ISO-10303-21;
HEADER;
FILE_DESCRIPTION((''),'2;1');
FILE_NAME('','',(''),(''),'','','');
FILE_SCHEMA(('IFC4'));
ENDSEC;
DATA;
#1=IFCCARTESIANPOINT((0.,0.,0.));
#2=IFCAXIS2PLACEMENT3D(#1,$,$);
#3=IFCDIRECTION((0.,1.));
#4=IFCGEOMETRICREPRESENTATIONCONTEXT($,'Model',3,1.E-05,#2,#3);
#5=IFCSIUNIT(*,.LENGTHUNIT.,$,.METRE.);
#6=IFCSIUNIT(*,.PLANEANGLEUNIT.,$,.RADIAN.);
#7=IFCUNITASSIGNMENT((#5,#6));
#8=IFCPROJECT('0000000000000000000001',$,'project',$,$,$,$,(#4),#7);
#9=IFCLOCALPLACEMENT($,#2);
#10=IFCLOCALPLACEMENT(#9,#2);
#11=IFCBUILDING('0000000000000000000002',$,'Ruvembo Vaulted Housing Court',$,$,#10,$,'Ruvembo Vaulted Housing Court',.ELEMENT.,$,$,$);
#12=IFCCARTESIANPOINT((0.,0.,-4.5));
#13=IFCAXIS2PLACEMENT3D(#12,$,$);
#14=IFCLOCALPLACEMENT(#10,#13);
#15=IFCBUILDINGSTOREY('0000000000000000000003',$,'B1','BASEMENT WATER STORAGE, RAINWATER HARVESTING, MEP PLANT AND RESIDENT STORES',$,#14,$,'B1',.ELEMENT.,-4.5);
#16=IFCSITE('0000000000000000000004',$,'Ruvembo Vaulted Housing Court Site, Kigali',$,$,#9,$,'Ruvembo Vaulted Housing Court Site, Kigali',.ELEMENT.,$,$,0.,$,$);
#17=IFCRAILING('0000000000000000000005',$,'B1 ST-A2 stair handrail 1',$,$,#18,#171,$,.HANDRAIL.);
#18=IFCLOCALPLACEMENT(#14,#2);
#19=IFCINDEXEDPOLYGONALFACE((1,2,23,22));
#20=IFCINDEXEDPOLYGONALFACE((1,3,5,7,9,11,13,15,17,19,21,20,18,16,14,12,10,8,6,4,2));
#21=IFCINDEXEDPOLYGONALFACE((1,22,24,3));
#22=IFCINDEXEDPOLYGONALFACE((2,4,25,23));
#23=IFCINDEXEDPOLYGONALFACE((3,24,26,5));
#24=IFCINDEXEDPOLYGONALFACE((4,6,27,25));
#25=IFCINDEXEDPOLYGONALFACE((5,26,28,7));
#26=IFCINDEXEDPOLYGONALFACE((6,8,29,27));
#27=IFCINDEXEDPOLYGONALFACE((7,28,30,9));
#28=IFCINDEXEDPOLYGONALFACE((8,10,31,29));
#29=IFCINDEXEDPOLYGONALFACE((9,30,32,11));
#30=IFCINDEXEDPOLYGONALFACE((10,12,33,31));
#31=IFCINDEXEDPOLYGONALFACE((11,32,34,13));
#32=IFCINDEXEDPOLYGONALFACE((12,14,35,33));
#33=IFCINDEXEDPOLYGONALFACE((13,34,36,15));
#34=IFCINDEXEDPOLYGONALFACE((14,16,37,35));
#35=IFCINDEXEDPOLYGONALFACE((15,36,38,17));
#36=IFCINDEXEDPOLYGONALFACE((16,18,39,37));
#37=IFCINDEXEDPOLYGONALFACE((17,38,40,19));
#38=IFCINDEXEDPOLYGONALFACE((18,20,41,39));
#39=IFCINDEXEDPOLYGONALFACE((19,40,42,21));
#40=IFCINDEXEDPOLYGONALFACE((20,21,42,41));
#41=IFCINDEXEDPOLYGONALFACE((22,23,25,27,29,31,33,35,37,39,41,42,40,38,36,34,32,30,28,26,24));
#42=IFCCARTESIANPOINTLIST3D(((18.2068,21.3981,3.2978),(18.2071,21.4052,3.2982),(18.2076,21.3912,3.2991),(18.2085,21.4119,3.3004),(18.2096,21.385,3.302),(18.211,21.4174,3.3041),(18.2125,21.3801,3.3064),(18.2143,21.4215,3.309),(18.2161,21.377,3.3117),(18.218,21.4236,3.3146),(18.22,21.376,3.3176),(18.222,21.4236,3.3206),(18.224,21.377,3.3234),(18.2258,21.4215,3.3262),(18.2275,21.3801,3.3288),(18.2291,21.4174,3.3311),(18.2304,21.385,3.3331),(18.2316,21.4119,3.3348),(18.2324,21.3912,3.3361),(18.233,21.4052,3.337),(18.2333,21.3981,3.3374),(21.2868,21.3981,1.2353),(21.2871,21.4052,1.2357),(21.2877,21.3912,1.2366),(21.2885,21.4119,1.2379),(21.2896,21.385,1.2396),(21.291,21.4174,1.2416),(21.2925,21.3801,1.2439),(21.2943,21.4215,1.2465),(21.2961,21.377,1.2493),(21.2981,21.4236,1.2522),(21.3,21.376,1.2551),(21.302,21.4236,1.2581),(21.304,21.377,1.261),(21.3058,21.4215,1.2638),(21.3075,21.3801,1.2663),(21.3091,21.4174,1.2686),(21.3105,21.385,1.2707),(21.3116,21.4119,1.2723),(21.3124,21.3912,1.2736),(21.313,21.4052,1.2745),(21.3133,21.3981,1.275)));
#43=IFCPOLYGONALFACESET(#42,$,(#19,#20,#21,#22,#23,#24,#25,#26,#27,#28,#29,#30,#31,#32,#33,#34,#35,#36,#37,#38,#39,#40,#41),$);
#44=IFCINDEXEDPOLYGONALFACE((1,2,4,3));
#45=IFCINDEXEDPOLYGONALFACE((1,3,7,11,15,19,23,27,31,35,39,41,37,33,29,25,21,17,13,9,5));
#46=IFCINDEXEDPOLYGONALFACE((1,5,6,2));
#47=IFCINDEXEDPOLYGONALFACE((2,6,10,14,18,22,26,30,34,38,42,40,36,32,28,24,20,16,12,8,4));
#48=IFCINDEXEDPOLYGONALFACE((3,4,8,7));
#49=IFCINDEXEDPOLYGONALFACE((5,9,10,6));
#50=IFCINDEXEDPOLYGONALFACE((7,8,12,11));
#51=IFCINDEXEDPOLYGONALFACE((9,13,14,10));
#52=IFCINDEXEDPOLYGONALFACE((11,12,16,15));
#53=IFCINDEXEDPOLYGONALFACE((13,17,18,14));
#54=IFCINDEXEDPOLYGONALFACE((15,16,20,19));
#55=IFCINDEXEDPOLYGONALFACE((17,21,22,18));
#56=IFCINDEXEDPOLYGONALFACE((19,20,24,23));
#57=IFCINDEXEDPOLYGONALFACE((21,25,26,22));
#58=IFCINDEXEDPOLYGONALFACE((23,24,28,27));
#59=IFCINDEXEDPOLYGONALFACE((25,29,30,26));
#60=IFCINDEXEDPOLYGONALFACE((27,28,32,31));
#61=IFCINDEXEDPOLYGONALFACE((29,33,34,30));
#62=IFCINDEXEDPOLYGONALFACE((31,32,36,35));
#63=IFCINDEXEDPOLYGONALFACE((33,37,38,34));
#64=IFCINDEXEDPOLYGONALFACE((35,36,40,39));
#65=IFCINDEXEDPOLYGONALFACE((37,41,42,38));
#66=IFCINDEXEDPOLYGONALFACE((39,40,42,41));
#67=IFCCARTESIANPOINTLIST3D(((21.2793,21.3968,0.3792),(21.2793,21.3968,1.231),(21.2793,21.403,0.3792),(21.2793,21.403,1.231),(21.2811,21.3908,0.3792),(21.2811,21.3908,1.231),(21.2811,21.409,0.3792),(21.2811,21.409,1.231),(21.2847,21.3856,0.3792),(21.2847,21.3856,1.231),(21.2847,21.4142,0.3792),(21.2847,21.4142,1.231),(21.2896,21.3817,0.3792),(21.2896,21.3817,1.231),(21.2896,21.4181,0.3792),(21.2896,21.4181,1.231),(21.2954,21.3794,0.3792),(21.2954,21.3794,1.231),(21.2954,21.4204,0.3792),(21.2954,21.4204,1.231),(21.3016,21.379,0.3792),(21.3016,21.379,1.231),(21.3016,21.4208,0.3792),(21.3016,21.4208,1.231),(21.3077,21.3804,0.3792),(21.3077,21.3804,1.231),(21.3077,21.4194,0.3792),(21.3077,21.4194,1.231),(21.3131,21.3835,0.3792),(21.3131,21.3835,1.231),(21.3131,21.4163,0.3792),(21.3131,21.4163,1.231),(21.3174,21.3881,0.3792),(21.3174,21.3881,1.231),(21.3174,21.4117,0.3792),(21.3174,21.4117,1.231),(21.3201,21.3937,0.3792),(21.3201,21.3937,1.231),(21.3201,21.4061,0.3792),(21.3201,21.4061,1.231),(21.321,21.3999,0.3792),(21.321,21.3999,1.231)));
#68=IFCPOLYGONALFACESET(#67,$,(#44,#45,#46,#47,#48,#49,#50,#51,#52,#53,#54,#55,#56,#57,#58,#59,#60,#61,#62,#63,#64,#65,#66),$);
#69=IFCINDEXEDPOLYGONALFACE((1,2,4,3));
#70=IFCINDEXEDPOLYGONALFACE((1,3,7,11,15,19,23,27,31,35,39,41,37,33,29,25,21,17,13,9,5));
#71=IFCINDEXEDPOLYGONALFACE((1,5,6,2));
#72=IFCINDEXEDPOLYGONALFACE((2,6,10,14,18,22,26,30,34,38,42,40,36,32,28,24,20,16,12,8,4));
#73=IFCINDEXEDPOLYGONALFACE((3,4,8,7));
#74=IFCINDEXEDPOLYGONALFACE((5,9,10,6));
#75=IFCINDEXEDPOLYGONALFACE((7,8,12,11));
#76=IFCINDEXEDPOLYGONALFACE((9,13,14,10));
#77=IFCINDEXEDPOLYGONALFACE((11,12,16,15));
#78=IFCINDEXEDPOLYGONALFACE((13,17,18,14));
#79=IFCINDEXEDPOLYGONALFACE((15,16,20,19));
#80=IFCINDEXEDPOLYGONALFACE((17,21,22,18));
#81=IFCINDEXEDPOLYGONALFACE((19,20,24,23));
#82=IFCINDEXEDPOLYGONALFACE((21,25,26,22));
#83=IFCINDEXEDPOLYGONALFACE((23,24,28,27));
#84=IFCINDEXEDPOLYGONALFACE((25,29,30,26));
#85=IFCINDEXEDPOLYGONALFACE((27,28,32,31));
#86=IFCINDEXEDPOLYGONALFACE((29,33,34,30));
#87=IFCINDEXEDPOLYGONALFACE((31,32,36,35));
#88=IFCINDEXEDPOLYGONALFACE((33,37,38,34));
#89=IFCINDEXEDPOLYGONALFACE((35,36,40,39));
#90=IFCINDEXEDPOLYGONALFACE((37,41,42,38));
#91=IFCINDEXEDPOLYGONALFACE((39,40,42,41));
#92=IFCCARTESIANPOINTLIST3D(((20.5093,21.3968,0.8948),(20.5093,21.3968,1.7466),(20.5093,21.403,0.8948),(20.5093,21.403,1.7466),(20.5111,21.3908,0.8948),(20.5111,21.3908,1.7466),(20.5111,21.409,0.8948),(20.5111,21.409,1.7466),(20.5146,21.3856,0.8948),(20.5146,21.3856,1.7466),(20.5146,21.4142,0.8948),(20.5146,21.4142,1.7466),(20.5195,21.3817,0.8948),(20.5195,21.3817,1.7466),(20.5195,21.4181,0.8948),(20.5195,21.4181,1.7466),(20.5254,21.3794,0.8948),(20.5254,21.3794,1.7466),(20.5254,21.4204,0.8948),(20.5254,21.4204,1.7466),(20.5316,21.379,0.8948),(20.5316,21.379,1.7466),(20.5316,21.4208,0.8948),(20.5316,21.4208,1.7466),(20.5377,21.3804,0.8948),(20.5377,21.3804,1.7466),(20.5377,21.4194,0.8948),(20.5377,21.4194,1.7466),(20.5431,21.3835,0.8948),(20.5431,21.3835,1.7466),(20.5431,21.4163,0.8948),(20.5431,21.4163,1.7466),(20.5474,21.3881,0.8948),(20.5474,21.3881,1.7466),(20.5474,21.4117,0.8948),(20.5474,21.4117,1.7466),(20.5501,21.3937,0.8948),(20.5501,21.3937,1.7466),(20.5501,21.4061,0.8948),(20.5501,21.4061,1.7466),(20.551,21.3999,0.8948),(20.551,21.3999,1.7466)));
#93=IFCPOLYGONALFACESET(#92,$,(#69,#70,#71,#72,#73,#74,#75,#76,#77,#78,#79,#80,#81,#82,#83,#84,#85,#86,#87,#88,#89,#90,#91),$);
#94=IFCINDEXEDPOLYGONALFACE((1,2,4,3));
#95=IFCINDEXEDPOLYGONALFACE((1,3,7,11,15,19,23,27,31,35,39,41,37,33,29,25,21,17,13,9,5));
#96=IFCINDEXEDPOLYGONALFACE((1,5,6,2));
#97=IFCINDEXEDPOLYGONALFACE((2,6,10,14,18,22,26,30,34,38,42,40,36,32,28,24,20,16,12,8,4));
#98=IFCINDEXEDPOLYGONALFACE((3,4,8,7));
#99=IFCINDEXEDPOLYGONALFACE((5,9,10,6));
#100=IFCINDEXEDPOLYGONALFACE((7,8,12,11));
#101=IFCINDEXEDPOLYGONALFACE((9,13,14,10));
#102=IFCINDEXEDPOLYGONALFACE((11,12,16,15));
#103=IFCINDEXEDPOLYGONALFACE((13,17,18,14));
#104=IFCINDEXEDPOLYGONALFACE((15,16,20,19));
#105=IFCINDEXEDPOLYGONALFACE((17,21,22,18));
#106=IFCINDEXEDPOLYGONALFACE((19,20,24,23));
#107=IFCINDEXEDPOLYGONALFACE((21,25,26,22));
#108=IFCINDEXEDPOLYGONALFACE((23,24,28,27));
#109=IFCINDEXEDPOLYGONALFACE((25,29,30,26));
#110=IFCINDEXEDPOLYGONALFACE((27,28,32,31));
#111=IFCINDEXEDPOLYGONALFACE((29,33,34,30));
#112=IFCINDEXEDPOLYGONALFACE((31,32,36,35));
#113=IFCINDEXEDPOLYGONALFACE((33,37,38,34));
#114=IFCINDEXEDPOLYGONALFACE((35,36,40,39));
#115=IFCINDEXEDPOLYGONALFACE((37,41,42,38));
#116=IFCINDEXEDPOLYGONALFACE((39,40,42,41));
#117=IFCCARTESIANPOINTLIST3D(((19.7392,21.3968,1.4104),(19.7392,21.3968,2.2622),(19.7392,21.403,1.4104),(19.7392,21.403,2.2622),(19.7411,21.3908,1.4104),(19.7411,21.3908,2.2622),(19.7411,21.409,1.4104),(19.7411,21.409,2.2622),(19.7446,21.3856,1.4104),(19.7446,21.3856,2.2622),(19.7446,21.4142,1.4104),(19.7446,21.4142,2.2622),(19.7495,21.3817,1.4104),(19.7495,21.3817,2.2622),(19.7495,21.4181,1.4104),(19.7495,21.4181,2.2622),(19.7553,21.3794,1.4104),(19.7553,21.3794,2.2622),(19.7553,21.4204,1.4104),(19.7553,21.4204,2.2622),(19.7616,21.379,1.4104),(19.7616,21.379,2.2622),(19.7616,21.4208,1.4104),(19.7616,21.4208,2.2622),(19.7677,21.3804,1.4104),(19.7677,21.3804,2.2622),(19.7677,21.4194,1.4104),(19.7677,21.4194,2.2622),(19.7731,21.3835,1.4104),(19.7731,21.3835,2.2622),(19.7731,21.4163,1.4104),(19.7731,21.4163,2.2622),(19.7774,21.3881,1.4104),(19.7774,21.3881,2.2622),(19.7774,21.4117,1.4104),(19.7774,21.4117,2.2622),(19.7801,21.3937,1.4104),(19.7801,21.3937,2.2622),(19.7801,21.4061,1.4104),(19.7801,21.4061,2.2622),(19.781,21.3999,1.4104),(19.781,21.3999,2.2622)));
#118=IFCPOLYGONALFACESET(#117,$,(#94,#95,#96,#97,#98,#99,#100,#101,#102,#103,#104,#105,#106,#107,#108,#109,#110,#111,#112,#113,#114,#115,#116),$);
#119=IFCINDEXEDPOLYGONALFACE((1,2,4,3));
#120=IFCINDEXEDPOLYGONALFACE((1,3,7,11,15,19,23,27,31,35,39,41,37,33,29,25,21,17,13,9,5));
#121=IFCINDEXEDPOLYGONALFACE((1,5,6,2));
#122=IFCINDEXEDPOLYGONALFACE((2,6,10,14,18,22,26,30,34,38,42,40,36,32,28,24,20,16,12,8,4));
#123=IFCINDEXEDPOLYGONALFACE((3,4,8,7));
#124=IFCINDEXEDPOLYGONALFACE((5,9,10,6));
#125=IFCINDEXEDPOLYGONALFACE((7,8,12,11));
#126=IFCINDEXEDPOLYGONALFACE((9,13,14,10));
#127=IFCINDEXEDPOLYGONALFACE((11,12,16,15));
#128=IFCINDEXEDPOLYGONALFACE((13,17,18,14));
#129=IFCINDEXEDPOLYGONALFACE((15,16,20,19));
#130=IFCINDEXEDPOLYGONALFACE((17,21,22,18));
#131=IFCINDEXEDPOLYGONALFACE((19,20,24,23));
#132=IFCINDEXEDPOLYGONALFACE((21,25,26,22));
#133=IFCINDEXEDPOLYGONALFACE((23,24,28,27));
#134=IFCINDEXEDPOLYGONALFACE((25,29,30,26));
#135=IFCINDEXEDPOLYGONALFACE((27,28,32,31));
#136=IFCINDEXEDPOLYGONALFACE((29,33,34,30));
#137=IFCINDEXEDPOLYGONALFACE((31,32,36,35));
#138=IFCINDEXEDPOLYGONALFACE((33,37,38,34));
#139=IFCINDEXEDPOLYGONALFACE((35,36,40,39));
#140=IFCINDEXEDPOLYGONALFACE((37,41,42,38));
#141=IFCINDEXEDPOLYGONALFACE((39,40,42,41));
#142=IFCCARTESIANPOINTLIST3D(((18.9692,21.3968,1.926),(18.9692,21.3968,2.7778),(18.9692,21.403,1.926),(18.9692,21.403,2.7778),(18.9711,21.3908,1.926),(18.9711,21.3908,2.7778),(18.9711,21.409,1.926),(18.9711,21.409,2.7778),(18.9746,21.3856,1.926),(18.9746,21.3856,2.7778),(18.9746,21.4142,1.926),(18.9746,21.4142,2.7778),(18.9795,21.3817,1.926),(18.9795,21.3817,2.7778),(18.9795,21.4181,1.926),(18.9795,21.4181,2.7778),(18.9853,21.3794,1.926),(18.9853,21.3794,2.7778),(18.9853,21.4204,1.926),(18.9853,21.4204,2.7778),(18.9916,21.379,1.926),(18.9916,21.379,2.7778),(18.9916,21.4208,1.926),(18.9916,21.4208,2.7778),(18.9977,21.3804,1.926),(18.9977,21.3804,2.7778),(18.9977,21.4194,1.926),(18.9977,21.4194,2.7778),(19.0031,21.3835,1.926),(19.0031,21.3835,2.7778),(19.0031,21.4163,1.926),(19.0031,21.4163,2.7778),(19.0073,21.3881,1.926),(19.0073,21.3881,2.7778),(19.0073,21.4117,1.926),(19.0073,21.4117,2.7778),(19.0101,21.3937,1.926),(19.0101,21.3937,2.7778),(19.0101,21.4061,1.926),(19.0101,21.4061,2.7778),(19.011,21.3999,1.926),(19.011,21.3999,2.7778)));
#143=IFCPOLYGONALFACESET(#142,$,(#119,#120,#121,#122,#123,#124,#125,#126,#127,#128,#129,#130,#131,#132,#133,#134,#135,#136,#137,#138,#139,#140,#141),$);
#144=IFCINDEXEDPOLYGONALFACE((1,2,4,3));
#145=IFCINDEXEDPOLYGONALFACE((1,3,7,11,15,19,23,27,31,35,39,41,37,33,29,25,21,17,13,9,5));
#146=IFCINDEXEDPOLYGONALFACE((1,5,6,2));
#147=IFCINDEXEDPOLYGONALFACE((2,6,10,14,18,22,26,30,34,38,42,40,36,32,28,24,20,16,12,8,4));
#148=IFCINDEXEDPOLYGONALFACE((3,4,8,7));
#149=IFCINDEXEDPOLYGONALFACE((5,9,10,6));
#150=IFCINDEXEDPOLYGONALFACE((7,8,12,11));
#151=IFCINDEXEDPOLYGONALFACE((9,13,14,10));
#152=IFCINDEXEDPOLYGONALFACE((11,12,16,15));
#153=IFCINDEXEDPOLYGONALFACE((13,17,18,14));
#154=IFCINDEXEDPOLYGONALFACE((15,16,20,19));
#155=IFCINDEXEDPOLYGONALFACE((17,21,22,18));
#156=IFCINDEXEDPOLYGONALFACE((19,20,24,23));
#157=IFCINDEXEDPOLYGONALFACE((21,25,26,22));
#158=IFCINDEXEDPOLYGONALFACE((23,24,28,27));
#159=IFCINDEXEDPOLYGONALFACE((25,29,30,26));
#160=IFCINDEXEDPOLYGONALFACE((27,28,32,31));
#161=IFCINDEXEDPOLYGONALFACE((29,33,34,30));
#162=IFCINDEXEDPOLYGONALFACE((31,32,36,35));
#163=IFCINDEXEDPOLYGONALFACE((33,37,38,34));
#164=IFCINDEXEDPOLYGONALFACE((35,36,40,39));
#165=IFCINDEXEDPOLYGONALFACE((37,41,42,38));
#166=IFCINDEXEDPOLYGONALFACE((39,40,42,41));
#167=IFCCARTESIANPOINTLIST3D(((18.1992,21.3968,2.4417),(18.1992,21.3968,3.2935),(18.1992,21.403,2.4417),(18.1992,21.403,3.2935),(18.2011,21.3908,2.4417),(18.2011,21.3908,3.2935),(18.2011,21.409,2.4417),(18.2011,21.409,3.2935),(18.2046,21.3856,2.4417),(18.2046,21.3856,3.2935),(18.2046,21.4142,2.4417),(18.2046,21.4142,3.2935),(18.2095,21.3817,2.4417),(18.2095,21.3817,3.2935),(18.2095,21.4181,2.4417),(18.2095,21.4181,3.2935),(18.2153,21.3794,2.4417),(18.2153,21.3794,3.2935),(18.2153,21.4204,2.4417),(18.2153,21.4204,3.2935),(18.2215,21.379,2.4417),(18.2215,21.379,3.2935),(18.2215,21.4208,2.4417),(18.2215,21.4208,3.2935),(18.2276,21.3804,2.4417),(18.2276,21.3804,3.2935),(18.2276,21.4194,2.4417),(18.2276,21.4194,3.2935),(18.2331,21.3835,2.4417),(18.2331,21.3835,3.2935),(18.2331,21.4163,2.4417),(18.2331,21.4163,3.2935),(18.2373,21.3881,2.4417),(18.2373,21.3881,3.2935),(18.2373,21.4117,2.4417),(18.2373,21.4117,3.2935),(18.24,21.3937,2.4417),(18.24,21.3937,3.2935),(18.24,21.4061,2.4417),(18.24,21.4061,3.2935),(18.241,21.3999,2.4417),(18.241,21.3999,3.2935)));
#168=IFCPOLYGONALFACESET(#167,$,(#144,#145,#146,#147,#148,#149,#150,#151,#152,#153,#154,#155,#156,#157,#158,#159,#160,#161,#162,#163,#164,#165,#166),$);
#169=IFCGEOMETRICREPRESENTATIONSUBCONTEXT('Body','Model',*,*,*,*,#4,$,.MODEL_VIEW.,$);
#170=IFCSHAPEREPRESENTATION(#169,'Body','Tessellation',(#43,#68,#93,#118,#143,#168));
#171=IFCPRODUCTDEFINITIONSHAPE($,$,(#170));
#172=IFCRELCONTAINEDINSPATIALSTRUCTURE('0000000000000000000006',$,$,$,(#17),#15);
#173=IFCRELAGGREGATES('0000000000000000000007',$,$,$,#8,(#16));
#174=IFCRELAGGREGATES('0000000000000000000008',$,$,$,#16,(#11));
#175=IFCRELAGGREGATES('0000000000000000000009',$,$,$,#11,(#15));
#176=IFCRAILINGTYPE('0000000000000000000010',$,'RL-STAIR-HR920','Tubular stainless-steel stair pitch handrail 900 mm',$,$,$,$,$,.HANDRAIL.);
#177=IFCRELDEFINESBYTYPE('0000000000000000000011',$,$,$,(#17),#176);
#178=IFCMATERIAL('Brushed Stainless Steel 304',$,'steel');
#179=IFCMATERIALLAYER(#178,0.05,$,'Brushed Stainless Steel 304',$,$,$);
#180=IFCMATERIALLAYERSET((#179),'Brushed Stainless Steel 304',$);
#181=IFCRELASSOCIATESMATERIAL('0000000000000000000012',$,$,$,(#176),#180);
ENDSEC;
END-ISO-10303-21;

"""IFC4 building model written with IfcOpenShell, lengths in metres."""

from ifc_helpers import new_model, si_unit, direction, frame, origin, origin_2d, place, context, subcontext, project, spatial, circle, extrude, material, layer, layer_set, type_object, element, save


model = new_model("IFC4")

# Units and contexts
model_context = context("Model", 3, precision=1e-05, world=origin(), true_north=direction((0.0, 1.0)))
body_context = subcontext(model_context, "Body", "Model", "MODEL_VIEW")
ifc_project = project(units=[si_unit("LENGTHUNIT", "METRE"), si_unit("PLANEANGLEUNIT", "RADIAN")], contexts=[model_context])

# Site, building, storey
site_placement = place(None, origin())
site = spatial("IfcSite", under=ifc_project, at=site_placement, Name="Ruvembo Vaulted Housing Court Site, Kigali", LongName="Ruvembo Vaulted Housing Court Site, Kigali", CompositionType="ELEMENT", RefElevation=0.0)
building_placement = place(site_placement, origin())
building = spatial("IfcBuilding", under=site, at=building_placement, Name="Ruvembo Vaulted Housing Court", LongName="Ruvembo Vaulted Housing Court", CompositionType="ELEMENT")
storey_placement = place(building_placement, frame((0.0, 0.0, -4.5)))
storey = spatial("IfcBuildingStorey", under=building, at=storey_placement, Name="B1", Description="BASEMENT WATER STORAGE, RAINWATER HARVESTING, MEP PLANT AND RESIDENT STORES", LongName="B1", CompositionType="ELEMENT", Elevation=-4.5)

# Railing
ifc_material_1 = material(Name="Brushed Stainless Steel 304", Category="steel")
ifc_layer_1 = layer(ifc_material_1, 0.05, Name="Brushed Stainless Steel 304")
ifc_layer_set_1 = layer_set([ifc_layer_1], Name="Brushed Stainless Steel 304")
railing_type_1 = type_object("IfcRailingType", Name="RL-STAIR-HR920", Description="Tubular stainless-steel stair pitch handrail 900 mm", PredefinedType="HANDRAIL", material=ifc_layer_set_1)
railing_1_placement = place(storey_placement, frame((21.3, 21.3999, 0.3792)))
element("IfcRailing", 1, at=railing_1_placement, inside=storey, type_object=railing_type_1, Name="B1 ST-A2 stair handrail 1", PredefinedType="HANDRAIL", context=body_context, shape_type="SweptSolid", body=[
    extrude(circle(Radius=0.0239, at=origin_2d()), frame((0.0, 0.0, 0.876), z_axis=(-0.830914, 0.0, 0.556401), x_axis=(0.0, -1.0, 0.0)), (0.0, 0.0, 1.0), 3.7068),
    extrude(circle(Radius=0.021, at=origin_2d()), origin(), (0.0, 0.0, 1.0), 0.8518),
    extrude(circle(Radius=0.021, at=origin_2d()), frame((-0.77, 0.0, 0.5156)), (0.0, 0.0, 1.0), 0.8518),
    extrude(circle(Radius=0.021, at=origin_2d()), frame((-1.54, 0.0, 1.0312)), (0.0, 0.0, 1.0), 0.8518),
    extrude(circle(Radius=0.021, at=origin_2d()), frame((-2.3101, 0.0, 1.5469)), (0.0, 0.0, 1.0), 0.8518),
    extrude(circle(Radius=0.021, at=origin_2d()), frame((-3.0801, 0.0, 2.0625)), (0.0, 0.0, 1.0), 0.8518),
])

save(model, "model.ifc")
